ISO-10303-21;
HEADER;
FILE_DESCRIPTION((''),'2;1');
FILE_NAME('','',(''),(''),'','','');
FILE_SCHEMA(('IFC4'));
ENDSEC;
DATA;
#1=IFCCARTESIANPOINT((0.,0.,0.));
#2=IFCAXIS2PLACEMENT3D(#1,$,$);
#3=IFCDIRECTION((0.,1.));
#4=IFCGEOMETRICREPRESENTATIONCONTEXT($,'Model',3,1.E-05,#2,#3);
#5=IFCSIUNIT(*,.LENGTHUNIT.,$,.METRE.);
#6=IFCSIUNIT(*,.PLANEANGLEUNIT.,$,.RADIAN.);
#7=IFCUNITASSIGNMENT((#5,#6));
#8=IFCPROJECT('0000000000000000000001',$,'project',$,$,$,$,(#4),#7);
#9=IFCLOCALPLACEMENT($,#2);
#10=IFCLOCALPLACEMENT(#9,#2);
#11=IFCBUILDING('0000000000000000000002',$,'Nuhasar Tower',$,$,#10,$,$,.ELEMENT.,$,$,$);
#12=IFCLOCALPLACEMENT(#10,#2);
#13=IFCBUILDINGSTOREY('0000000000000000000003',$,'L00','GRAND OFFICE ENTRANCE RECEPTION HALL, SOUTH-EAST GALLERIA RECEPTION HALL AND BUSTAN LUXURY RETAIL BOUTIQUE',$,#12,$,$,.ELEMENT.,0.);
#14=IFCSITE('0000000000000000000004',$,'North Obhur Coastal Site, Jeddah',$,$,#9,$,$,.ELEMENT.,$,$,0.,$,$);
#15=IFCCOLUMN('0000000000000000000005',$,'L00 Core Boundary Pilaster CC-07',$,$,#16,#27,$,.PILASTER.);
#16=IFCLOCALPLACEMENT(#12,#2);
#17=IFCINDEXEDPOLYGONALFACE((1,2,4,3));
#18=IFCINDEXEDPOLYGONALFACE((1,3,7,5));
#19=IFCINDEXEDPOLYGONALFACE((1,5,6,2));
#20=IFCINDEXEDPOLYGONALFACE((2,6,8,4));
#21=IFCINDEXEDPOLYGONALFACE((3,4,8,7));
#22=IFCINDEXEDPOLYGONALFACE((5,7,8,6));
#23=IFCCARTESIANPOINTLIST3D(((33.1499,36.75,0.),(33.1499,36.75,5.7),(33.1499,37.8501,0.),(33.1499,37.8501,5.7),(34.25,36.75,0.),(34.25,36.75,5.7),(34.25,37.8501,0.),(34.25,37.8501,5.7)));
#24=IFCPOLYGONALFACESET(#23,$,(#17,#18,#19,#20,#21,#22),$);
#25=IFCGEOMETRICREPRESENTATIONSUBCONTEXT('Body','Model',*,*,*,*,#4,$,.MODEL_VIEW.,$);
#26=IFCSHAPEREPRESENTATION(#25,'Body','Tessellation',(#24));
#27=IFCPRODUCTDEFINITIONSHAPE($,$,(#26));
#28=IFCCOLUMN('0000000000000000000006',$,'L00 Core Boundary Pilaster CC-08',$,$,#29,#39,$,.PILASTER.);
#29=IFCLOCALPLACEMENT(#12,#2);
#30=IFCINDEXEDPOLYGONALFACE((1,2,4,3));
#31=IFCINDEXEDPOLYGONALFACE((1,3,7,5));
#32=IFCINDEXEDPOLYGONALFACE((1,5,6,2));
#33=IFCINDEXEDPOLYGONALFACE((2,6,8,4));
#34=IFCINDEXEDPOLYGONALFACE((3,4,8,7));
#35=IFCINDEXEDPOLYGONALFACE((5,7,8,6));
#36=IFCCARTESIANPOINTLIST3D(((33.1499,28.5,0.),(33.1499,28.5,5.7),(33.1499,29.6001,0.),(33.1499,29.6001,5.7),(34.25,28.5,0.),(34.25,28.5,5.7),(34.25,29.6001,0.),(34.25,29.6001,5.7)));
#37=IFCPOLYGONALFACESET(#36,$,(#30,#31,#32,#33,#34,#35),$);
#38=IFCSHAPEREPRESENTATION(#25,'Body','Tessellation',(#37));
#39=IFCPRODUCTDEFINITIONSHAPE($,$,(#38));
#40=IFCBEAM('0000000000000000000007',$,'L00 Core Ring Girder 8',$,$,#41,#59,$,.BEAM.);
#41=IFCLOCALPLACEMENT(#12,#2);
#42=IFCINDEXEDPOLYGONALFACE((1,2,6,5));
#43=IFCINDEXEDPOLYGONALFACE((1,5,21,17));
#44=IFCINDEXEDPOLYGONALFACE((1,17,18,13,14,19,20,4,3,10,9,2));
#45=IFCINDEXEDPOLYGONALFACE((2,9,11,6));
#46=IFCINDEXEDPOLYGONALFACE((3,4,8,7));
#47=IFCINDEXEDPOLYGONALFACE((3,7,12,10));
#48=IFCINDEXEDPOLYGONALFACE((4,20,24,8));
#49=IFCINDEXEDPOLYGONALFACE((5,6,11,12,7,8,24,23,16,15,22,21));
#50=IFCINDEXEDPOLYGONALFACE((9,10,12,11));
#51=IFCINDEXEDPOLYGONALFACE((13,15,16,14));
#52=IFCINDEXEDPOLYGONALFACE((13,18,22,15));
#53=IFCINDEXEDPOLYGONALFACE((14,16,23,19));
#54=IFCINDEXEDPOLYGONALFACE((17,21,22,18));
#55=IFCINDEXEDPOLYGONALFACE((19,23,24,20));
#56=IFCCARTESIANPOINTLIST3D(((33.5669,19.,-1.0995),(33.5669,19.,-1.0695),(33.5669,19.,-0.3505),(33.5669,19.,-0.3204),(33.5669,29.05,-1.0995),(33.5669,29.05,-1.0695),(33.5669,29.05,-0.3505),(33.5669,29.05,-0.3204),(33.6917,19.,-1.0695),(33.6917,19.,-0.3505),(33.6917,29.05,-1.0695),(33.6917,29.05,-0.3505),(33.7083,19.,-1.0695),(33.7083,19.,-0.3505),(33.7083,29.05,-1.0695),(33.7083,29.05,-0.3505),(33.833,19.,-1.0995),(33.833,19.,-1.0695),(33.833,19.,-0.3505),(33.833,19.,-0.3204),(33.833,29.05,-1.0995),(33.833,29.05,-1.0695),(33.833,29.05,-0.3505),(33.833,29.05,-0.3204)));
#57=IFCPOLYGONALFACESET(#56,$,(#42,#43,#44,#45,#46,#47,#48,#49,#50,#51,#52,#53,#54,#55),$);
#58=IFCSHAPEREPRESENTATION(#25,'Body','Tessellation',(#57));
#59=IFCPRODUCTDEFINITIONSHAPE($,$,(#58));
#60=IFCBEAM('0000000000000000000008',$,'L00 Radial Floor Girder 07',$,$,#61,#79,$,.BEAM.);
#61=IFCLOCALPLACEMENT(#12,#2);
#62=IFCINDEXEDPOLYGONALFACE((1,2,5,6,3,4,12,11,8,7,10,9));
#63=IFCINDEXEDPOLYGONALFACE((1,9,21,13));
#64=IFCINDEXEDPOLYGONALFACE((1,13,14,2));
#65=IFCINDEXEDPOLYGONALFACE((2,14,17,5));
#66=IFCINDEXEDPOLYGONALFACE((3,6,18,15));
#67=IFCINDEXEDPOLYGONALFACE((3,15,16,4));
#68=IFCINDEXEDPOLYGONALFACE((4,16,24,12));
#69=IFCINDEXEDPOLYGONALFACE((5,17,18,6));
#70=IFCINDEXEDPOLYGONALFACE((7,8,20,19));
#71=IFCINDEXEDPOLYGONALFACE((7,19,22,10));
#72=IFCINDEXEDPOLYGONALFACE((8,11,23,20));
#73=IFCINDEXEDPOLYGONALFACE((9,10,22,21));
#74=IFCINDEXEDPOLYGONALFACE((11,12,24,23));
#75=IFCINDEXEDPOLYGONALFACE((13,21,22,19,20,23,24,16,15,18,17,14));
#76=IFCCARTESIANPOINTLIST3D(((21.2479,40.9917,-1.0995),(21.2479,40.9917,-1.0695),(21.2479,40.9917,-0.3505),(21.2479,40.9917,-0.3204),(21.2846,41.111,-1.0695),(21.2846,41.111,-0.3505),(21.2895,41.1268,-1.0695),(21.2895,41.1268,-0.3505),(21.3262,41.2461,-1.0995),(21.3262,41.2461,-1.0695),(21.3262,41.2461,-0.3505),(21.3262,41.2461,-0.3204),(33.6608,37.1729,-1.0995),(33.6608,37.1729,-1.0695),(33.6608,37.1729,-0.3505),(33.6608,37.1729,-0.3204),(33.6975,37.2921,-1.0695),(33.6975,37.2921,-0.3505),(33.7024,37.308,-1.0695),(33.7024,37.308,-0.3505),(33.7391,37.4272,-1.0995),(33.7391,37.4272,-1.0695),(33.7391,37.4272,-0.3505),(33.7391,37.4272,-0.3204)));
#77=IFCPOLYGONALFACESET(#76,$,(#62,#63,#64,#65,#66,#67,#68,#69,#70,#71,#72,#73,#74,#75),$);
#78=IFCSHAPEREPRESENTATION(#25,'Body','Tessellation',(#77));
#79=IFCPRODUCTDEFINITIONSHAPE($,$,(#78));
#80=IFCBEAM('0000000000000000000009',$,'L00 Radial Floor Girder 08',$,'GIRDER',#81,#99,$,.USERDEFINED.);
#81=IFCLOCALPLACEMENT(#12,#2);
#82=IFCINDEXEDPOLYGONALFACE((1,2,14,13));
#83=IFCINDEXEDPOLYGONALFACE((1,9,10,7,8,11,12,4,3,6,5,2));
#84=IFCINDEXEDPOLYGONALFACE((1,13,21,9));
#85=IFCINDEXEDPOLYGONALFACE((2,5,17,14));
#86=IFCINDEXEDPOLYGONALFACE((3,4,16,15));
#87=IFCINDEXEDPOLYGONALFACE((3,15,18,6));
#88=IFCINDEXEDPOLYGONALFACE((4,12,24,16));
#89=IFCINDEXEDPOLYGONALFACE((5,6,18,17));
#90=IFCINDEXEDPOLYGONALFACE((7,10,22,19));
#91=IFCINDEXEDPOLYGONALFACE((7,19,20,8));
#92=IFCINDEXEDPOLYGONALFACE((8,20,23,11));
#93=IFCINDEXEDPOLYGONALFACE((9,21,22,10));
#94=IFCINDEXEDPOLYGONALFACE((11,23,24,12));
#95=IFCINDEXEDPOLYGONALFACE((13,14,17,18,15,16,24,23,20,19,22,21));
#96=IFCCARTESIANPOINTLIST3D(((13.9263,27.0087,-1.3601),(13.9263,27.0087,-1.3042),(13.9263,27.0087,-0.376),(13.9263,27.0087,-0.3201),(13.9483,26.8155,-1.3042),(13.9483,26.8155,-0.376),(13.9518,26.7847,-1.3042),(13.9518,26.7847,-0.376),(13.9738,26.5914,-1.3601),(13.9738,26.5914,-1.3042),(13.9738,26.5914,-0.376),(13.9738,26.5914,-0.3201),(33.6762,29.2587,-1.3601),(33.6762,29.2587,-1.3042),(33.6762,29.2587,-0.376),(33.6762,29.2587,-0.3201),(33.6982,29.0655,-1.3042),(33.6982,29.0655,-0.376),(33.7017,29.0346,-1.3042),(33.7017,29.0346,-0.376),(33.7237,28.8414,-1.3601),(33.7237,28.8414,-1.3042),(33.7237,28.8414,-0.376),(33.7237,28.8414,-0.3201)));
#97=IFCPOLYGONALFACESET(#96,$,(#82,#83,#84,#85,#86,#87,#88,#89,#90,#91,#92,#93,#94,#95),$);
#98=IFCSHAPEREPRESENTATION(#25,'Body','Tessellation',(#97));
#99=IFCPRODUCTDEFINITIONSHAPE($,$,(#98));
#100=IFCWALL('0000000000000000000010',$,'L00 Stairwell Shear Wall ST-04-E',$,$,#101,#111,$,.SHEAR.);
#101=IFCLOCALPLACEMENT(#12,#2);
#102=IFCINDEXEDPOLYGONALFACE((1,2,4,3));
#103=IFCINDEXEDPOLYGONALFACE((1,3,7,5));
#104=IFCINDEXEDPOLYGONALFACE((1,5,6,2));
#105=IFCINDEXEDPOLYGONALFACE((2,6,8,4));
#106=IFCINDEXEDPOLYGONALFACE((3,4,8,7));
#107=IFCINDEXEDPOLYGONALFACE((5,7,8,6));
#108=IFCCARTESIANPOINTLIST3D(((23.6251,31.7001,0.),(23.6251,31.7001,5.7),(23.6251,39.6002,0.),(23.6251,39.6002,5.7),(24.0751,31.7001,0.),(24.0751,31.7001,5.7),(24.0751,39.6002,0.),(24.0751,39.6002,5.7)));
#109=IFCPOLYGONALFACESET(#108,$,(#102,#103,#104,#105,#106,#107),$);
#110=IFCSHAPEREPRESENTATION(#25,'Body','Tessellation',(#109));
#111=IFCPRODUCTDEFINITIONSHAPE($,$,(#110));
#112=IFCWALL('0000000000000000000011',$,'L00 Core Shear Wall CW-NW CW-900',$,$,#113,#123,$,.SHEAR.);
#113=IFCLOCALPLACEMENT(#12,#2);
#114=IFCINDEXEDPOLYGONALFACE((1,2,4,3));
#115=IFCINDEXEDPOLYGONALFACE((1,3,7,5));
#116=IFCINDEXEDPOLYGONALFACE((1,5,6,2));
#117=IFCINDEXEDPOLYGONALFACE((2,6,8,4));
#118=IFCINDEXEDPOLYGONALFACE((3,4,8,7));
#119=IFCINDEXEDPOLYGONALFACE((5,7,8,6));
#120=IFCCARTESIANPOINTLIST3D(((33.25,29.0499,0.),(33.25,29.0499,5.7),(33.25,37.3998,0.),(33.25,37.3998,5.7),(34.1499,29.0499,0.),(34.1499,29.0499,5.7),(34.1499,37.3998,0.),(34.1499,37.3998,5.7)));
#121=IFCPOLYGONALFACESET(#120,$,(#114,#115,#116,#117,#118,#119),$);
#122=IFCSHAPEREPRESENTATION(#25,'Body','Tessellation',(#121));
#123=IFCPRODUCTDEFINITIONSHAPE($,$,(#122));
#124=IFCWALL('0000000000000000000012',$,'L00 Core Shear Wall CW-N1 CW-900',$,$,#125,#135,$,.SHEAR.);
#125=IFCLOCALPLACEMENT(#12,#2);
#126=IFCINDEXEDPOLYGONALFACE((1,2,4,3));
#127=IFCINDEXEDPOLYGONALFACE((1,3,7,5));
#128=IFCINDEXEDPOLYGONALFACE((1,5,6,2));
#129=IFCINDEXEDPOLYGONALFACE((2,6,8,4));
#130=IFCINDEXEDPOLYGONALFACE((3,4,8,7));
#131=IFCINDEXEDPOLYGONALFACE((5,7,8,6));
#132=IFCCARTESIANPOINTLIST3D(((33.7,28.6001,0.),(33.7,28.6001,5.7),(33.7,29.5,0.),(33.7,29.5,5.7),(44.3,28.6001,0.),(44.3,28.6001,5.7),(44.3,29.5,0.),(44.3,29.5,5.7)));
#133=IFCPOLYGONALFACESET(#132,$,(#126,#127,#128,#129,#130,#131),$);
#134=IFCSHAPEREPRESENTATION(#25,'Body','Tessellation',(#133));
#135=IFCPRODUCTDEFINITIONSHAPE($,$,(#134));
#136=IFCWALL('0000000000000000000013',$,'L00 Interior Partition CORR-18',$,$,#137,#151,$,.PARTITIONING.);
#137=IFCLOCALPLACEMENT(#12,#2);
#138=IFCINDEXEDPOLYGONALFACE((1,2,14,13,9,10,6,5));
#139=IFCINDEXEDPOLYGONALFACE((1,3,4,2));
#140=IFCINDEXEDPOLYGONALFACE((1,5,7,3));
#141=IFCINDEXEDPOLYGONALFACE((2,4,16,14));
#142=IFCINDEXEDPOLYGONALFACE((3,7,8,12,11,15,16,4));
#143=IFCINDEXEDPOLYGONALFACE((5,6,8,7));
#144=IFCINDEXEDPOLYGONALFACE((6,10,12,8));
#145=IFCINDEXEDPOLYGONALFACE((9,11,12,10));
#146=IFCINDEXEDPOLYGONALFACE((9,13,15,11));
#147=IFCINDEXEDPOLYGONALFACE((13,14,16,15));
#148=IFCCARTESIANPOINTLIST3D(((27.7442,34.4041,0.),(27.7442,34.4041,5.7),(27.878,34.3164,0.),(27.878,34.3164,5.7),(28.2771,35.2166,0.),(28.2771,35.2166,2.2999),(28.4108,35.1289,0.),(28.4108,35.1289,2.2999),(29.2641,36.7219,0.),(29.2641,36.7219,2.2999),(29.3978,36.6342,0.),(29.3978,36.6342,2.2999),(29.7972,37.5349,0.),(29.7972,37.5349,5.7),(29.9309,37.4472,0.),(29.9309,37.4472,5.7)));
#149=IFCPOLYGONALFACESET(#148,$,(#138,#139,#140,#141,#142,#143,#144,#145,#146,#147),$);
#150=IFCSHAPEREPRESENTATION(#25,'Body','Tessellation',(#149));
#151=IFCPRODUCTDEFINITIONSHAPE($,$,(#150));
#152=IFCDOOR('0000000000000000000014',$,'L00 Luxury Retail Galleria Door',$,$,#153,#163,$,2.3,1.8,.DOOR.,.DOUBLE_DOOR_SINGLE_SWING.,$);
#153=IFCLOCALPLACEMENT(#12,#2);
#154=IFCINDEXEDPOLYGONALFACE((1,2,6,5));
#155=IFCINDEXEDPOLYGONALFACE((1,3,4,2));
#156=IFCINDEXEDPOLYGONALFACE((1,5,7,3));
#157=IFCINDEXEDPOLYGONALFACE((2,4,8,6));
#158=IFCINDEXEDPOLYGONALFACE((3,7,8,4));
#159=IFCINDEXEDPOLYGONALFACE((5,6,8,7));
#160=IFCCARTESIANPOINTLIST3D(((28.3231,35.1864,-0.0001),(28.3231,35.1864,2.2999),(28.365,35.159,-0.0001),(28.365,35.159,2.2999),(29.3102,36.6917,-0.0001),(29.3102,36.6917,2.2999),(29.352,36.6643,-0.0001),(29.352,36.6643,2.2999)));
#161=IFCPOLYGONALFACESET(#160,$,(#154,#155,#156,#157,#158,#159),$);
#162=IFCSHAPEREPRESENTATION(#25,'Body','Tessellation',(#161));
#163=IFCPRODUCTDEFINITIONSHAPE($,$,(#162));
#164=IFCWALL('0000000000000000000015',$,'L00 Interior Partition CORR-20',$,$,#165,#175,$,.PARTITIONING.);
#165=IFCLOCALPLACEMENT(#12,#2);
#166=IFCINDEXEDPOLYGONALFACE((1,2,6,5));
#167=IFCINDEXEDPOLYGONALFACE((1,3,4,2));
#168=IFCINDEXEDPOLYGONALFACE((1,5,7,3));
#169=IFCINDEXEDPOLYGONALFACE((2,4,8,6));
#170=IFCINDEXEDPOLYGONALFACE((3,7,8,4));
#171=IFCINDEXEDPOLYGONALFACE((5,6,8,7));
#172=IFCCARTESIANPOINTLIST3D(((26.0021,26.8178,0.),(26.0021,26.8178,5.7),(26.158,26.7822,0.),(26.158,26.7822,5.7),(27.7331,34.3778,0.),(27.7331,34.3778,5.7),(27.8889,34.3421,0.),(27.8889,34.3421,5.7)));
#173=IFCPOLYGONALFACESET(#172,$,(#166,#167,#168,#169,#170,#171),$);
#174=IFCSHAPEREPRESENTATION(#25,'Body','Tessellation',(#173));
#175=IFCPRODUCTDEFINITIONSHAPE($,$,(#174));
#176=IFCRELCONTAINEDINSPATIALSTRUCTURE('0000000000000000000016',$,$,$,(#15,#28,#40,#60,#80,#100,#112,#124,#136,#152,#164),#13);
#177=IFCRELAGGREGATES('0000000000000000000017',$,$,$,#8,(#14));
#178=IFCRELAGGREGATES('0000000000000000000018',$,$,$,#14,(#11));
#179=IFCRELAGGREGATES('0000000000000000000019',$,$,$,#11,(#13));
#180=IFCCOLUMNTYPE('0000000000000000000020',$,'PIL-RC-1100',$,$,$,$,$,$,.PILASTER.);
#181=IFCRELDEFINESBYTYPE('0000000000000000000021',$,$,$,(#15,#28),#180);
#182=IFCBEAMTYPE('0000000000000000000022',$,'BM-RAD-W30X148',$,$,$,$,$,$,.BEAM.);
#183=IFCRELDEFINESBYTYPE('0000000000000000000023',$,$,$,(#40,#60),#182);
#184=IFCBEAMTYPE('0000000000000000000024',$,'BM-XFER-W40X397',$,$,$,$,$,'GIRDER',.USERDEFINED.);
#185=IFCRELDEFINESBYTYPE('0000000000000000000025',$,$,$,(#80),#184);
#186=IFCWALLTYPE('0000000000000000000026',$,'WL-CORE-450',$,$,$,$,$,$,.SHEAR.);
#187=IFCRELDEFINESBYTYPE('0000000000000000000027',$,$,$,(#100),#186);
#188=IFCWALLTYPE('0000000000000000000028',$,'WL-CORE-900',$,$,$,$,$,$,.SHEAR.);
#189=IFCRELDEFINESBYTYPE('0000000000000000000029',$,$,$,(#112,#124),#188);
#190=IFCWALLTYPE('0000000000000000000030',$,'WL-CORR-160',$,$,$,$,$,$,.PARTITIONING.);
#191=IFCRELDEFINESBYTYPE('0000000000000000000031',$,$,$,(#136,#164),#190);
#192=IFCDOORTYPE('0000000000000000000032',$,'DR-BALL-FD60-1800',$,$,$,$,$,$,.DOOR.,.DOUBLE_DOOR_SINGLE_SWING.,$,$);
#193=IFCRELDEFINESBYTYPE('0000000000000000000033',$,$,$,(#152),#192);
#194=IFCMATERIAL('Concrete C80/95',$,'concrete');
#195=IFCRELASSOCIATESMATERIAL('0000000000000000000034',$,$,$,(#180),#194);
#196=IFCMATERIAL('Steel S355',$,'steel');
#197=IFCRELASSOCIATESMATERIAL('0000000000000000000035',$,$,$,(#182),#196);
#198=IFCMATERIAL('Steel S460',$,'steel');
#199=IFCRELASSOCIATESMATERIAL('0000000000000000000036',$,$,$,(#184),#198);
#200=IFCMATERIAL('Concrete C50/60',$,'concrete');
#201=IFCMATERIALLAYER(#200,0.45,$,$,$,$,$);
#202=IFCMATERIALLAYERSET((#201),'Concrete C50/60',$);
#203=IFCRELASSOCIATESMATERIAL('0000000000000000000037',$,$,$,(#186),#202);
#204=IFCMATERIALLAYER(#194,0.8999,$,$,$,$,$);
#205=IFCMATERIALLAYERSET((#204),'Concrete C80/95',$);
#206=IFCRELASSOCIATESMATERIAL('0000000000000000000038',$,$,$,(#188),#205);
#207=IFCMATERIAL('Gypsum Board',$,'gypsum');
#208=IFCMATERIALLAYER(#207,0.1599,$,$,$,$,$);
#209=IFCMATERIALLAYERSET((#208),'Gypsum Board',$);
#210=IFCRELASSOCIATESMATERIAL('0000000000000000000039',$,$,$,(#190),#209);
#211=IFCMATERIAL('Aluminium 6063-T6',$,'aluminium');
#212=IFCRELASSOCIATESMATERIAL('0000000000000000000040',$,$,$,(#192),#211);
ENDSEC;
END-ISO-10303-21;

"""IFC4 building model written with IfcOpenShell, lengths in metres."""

from ifc_helpers import new_model, si_unit, direction, frame, frame_2d, origin, origin_2d, place, context, subcontext, project, spatial, rectangle, i_section, extrude, material, layer, layer_set, material_profile, profile_set, type_object, element, fill, save


model = new_model("IFC4")

# Units and contexts
model_context = context("Model", 3, precision=1e-05, world=origin(), true_north=direction((0.0, 1.0)))
body_context = subcontext(model_context, "Body", "Model", "MODEL_VIEW")
ifc_project = project(units=[si_unit("LENGTHUNIT", "METRE"), si_unit("PLANEANGLEUNIT", "RADIAN")], contexts=[model_context])

# Site, building, storey
site_placement = place(None, origin())
site = spatial("IfcSite", under=ifc_project, at=site_placement, Name="North Obhur Coastal Site, Jeddah", CompositionType="ELEMENT", RefElevation=0.0)
building_placement = place(site_placement, origin())
building = spatial("IfcBuilding", under=site, at=building_placement, Name="Nuhasar Tower", CompositionType="ELEMENT")
storey_placement = place(building_placement, origin())
storey = spatial("IfcBuildingStorey", under=building, at=storey_placement, Name="L00", Description="GRAND OFFICE ENTRANCE RECEPTION HALL, SOUTH-EAST GALLERIA RECEPTION HALL AND BUSTAN LUXURY RETAIL BOUTIQUE", CompositionType="ELEMENT", Elevation=0.0)

# Columns
ifc_material_1 = material(Name="Concrete C80/95", Category="concrete")
ifc_material_profile_1 = material_profile(ifc_material_1, rectangle(XDim=1.1001, YDim=1.1001, at=origin_2d()), Name="RC1100X1100")
ifc_profile_set_1 = profile_set([ifc_material_profile_1], Name="Concrete C80/95")
column_type = type_object("IfcColumnType", Name="PIL-RC-1100", PredefinedType="PILASTER", material=ifc_profile_set_1)
for number, where, z_axis, x_axis, name in (
    (1, (33.7, 37.3, 0.0), (0.0, 0.0, 1.0), (1.0, 0.0, 0.0), "L00 Core Boundary Pilaster CC-07"),
    (2, (33.7, 29.05, 0.0), (0.0, 0.0, 1.0), (1.0, 0.0, 0.0), "L00 Core Boundary Pilaster CC-08"),
):
    element("IfcColumn", number, at=place(storey_placement, frame(where, z_axis=z_axis, x_axis=x_axis)), inside=storey, type_object=column_type, Name=name, PredefinedType="PILASTER", context=body_context, shape_type="SweptSolid", body=[
        extrude(rectangle(XDim=1.1001, YDim=1.1001, at=origin_2d()), origin(), (0.0, 0.0, 1.0), 5.7),
    ])

# Beams
ifc_material_2 = material(Name="Steel S355", Category="steel")
ifc_material_profile_2 = material_profile(ifc_material_2, i_section(OverallWidth=0.2661, OverallDepth=0.7791, WebThickness=0.0166, FlangeThickness=0.03, at=origin_2d()), Name="W30X148")
ifc_profile_set_2 = profile_set([ifc_material_profile_2], Name="Steel S355")
beam_type_1 = type_object("IfcBeamType", Name="BM-RAD-W30X148", PredefinedType="BEAM", material=ifc_profile_set_2)
beam_1_placement = place(storey_placement, frame((33.7, 29.05, -0.71), z_axis=(0.0, -1.0, 0.0), x_axis=(1.0, 0.0, 0.0)))
element("IfcBeam", 3, at=beam_1_placement, inside=storey, type_object=beam_type_1, Name="L00 Core Ring Girder 8", PredefinedType="BEAM", context=body_context, shape_type="SweptSolid", body=[
    extrude(i_section(OverallWidth=0.2661, OverallDepth=0.7791, WebThickness=0.0166, FlangeThickness=0.03, at=origin_2d()), origin(), (0.0, 0.0, 1.0), 10.05),
])
beam_2_placement = place(storey_placement, frame((33.7, 37.3, -0.71), z_axis=(-0.95579, 0.294052, 0.0), x_axis=(-0.294052, -0.95579, 0.0)))
element("IfcBeam", 4, at=beam_2_placement, inside=storey, type_object=beam_type_1, Name="L00 Radial Floor Girder 07", PredefinedType="BEAM", context=body_context, shape_type="SweptSolid", body=[
    extrude(i_section(OverallWidth=0.2661, OverallDepth=0.7791, WebThickness=0.0166, FlangeThickness=0.03, at=origin_2d()), origin(), (0.0, 0.0, 1.0), 12.9871),
])
ifc_material_3 = material(Name="Steel S460", Category="steel")
ifc_material_profile_3 = material_profile(ifc_material_3, i_section(OverallWidth=0.4199, OverallDepth=1.04, WebThickness=0.031, FlangeThickness=0.0559, at=origin_2d()), Name="W40X397")
ifc_profile_set_3 = profile_set([ifc_material_profile_3], Name="Steel S460")
beam_type_2 = type_object("IfcBeamType", Name="BM-XFER-W40X397", ElementType="GIRDER", PredefinedType="USERDEFINED", material=ifc_profile_set_3)
beam_3_placement = place(storey_placement, frame((33.7, 29.05, -0.8401), z_axis=(-0.993573, -0.113192, 0.0), x_axis=(0.113192, -0.993573, 0.0)))
element("IfcBeam", 5, at=beam_3_placement, inside=storey, type_object=beam_type_2, Name="L00 Radial Floor Girder 08", ObjectType="GIRDER", PredefinedType="USERDEFINED", context=body_context, shape_type="SweptSolid", body=[
    extrude(i_section(OverallWidth=0.4199, OverallDepth=1.04, WebThickness=0.031, FlangeThickness=0.0559, at=origin_2d()), origin(), (0.0, 0.0, 1.0), 19.8777),
])

# Shared definitions
ifc_material_4 = material(Name="Concrete C50/60", Category="concrete")
ifc_layer_1 = layer(ifc_material_4, 0.45)
ifc_layer_set_1 = layer_set([ifc_layer_1], Name="Concrete C50/60")
wall_type_1 = type_object("IfcWallType", Name="WL-CORE-450", PredefinedType="SHEAR", material=ifc_layer_set_1)

# Walls
wall_1_placement = place(storey_placement, frame((23.8501, 31.7, 0.0), z_axis=(0.0, 0.0, 1.0), x_axis=(0.0, 1.0, 0.0)))
element("IfcWall", 6, at=wall_1_placement, inside=storey, type_object=wall_type_1, Name="L00 Stairwell Shear Wall ST-04-E", PredefinedType="SHEAR", context=body_context, shape_type="SweptSolid", body=[
    extrude(rectangle(XDim=7.9001, YDim=0.45, at=frame_2d((3.9502, 0.0))), origin(), (0.0, 0.0, 1.0), 5.7),
])
ifc_layer_2 = layer(ifc_material_1, 0.8999)
ifc_layer_set_2 = layer_set([ifc_layer_2], Name="Concrete C80/95")
wall_type_2 = type_object("IfcWallType", Name="WL-CORE-900", PredefinedType="SHEAR", material=ifc_layer_set_2)
wall_2_placement = place(storey_placement, frame((33.7, 29.05, 0.0), z_axis=(0.0, 0.0, 1.0), x_axis=(0.0, 1.0, 0.0)))
element("IfcWall", 7, at=wall_2_placement, inside=storey, type_object=wall_type_2, Name="L00 Core Shear Wall CW-NW CW-900", PredefinedType="SHEAR", context=body_context, shape_type="SweptSolid", body=[
    extrude(rectangle(XDim=8.3499, YDim=0.8999, at=frame_2d((4.1748, 0.0))), origin(), (0.0, 0.0, 1.0), 5.7),
])
wall_3_placement = place(storey_placement, frame((33.7, 29.05, 0.0), z_axis=(0.0, 0.0, 1.0), x_axis=(1.0, 0.0, 0.0)))
element("IfcWall", 8, at=wall_3_placement, inside=storey, type_object=wall_type_2, Name="L00 Core Shear Wall CW-N1 CW-900", PredefinedType="SHEAR", context=body_context, shape_type="SweptSolid", body=[
    extrude(rectangle(XDim=10.6001, YDim=0.8999, at=frame_2d((5.3, 0.0))), origin(), (0.0, 0.0, 1.0), 5.7),
])

# Wall, opening, door
ifc_material_5 = material(Name="Gypsum Board", Category="gypsum")
ifc_layer_3 = layer(ifc_material_5, 0.1599)
ifc_layer_set_3 = layer_set([ifc_layer_3], Name="Gypsum Board")
wall_type_3 = type_object("IfcWallType", Name="WL-CORR-160", PredefinedType="PARTITIONING", material=ifc_layer_set_3)
wall_4_placement = place(storey_placement, frame((27.811, 34.3601, 0.0), z_axis=(0.0, 0.0, 1.0), x_axis=(0.548349, 0.83625, 0.0)))
wall_4 = element("IfcWall", 9, at=wall_4_placement, inside=storey, type_object=wall_type_3, Name="L00 Interior Partition CORR-18", PredefinedType="PARTITIONING", context=body_context, shape_type="SweptSolid", body=[
    extrude(rectangle(XDim=3.7439, YDim=0.1599, at=frame_2d((1.8721, 0.0))), origin(), (0.0, 0.0, 1.0), 5.7),
])
opening_1_placement = place(wall_4_placement, frame((0.9719, 0.0, 0.0)))
opening_1 = element("IfcOpeningElement", 10, at=opening_1_placement, cuts=wall_4, PredefinedType="OPENING", context=body_context, shape_type="SweptSolid", body=[
    extrude(rectangle(XDim=1.8, YDim=2.3, at=frame_2d((0.8999, 1.1499))), frame((0.0, 0.0898, 0.0), z_axis=(0.0, -1.0, 0.0), x_axis=(1.0, 0.0, 0.0)), (0.0, 0.0, 1.0), 0.1799),
])
ifc_material_6 = material(Name="Aluminium 6063-T6", Category="aluminium")
door_type_1 = type_object("IfcDoorType", Name="DR-BALL-FD60-1800", OperationType="DOUBLE_DOOR_SINGLE_SWING", PredefinedType="DOOR", material=ifc_material_6)
door_1_placement = place(opening_1_placement, origin())
door_1 = element("IfcDoor", 11, at=door_1_placement, inside=storey, type_object=door_type_1, Name="L00 Luxury Retail Galleria Door", OperationType="DOUBLE_DOOR_SINGLE_SWING", OverallHeight=2.3, OverallWidth=1.8, PredefinedType="DOOR", context=body_context, shape_type="SweptSolid", body=[
    extrude(rectangle(XDim=1.8, YDim=2.3, at=frame_2d((0.8999, 1.1499))), frame((0.0, 0.0249, 0.0), z_axis=(0.0, -1.0, 0.0), x_axis=(1.0, 0.0, 0.0)), (0.0, 0.0, 1.0), 0.05),
])
fill(opening_1, door_1)

# Wall
for number, where, z_axis, x_axis, name in (
    (12, (27.811, 34.3601, 0.0), (0.0, 0.0, 1.0), (-0.223185, -0.974776, 0.0), "L00 Interior Partition CORR-20"),
):
    element("IfcWall", number, at=place(storey_placement, frame(where, z_axis=z_axis, x_axis=x_axis)), inside=storey, type_object=wall_type_3, Name=name, PredefinedType="PARTITIONING", context=body_context, shape_type="SweptSolid", body=[
        extrude(rectangle(XDim=7.7556, YDim=0.1599, at=frame_2d((3.8779, 0.0))), origin(), (0.0, 0.0, 1.0), 5.7),
    ])

save(model, "model.ifc")
